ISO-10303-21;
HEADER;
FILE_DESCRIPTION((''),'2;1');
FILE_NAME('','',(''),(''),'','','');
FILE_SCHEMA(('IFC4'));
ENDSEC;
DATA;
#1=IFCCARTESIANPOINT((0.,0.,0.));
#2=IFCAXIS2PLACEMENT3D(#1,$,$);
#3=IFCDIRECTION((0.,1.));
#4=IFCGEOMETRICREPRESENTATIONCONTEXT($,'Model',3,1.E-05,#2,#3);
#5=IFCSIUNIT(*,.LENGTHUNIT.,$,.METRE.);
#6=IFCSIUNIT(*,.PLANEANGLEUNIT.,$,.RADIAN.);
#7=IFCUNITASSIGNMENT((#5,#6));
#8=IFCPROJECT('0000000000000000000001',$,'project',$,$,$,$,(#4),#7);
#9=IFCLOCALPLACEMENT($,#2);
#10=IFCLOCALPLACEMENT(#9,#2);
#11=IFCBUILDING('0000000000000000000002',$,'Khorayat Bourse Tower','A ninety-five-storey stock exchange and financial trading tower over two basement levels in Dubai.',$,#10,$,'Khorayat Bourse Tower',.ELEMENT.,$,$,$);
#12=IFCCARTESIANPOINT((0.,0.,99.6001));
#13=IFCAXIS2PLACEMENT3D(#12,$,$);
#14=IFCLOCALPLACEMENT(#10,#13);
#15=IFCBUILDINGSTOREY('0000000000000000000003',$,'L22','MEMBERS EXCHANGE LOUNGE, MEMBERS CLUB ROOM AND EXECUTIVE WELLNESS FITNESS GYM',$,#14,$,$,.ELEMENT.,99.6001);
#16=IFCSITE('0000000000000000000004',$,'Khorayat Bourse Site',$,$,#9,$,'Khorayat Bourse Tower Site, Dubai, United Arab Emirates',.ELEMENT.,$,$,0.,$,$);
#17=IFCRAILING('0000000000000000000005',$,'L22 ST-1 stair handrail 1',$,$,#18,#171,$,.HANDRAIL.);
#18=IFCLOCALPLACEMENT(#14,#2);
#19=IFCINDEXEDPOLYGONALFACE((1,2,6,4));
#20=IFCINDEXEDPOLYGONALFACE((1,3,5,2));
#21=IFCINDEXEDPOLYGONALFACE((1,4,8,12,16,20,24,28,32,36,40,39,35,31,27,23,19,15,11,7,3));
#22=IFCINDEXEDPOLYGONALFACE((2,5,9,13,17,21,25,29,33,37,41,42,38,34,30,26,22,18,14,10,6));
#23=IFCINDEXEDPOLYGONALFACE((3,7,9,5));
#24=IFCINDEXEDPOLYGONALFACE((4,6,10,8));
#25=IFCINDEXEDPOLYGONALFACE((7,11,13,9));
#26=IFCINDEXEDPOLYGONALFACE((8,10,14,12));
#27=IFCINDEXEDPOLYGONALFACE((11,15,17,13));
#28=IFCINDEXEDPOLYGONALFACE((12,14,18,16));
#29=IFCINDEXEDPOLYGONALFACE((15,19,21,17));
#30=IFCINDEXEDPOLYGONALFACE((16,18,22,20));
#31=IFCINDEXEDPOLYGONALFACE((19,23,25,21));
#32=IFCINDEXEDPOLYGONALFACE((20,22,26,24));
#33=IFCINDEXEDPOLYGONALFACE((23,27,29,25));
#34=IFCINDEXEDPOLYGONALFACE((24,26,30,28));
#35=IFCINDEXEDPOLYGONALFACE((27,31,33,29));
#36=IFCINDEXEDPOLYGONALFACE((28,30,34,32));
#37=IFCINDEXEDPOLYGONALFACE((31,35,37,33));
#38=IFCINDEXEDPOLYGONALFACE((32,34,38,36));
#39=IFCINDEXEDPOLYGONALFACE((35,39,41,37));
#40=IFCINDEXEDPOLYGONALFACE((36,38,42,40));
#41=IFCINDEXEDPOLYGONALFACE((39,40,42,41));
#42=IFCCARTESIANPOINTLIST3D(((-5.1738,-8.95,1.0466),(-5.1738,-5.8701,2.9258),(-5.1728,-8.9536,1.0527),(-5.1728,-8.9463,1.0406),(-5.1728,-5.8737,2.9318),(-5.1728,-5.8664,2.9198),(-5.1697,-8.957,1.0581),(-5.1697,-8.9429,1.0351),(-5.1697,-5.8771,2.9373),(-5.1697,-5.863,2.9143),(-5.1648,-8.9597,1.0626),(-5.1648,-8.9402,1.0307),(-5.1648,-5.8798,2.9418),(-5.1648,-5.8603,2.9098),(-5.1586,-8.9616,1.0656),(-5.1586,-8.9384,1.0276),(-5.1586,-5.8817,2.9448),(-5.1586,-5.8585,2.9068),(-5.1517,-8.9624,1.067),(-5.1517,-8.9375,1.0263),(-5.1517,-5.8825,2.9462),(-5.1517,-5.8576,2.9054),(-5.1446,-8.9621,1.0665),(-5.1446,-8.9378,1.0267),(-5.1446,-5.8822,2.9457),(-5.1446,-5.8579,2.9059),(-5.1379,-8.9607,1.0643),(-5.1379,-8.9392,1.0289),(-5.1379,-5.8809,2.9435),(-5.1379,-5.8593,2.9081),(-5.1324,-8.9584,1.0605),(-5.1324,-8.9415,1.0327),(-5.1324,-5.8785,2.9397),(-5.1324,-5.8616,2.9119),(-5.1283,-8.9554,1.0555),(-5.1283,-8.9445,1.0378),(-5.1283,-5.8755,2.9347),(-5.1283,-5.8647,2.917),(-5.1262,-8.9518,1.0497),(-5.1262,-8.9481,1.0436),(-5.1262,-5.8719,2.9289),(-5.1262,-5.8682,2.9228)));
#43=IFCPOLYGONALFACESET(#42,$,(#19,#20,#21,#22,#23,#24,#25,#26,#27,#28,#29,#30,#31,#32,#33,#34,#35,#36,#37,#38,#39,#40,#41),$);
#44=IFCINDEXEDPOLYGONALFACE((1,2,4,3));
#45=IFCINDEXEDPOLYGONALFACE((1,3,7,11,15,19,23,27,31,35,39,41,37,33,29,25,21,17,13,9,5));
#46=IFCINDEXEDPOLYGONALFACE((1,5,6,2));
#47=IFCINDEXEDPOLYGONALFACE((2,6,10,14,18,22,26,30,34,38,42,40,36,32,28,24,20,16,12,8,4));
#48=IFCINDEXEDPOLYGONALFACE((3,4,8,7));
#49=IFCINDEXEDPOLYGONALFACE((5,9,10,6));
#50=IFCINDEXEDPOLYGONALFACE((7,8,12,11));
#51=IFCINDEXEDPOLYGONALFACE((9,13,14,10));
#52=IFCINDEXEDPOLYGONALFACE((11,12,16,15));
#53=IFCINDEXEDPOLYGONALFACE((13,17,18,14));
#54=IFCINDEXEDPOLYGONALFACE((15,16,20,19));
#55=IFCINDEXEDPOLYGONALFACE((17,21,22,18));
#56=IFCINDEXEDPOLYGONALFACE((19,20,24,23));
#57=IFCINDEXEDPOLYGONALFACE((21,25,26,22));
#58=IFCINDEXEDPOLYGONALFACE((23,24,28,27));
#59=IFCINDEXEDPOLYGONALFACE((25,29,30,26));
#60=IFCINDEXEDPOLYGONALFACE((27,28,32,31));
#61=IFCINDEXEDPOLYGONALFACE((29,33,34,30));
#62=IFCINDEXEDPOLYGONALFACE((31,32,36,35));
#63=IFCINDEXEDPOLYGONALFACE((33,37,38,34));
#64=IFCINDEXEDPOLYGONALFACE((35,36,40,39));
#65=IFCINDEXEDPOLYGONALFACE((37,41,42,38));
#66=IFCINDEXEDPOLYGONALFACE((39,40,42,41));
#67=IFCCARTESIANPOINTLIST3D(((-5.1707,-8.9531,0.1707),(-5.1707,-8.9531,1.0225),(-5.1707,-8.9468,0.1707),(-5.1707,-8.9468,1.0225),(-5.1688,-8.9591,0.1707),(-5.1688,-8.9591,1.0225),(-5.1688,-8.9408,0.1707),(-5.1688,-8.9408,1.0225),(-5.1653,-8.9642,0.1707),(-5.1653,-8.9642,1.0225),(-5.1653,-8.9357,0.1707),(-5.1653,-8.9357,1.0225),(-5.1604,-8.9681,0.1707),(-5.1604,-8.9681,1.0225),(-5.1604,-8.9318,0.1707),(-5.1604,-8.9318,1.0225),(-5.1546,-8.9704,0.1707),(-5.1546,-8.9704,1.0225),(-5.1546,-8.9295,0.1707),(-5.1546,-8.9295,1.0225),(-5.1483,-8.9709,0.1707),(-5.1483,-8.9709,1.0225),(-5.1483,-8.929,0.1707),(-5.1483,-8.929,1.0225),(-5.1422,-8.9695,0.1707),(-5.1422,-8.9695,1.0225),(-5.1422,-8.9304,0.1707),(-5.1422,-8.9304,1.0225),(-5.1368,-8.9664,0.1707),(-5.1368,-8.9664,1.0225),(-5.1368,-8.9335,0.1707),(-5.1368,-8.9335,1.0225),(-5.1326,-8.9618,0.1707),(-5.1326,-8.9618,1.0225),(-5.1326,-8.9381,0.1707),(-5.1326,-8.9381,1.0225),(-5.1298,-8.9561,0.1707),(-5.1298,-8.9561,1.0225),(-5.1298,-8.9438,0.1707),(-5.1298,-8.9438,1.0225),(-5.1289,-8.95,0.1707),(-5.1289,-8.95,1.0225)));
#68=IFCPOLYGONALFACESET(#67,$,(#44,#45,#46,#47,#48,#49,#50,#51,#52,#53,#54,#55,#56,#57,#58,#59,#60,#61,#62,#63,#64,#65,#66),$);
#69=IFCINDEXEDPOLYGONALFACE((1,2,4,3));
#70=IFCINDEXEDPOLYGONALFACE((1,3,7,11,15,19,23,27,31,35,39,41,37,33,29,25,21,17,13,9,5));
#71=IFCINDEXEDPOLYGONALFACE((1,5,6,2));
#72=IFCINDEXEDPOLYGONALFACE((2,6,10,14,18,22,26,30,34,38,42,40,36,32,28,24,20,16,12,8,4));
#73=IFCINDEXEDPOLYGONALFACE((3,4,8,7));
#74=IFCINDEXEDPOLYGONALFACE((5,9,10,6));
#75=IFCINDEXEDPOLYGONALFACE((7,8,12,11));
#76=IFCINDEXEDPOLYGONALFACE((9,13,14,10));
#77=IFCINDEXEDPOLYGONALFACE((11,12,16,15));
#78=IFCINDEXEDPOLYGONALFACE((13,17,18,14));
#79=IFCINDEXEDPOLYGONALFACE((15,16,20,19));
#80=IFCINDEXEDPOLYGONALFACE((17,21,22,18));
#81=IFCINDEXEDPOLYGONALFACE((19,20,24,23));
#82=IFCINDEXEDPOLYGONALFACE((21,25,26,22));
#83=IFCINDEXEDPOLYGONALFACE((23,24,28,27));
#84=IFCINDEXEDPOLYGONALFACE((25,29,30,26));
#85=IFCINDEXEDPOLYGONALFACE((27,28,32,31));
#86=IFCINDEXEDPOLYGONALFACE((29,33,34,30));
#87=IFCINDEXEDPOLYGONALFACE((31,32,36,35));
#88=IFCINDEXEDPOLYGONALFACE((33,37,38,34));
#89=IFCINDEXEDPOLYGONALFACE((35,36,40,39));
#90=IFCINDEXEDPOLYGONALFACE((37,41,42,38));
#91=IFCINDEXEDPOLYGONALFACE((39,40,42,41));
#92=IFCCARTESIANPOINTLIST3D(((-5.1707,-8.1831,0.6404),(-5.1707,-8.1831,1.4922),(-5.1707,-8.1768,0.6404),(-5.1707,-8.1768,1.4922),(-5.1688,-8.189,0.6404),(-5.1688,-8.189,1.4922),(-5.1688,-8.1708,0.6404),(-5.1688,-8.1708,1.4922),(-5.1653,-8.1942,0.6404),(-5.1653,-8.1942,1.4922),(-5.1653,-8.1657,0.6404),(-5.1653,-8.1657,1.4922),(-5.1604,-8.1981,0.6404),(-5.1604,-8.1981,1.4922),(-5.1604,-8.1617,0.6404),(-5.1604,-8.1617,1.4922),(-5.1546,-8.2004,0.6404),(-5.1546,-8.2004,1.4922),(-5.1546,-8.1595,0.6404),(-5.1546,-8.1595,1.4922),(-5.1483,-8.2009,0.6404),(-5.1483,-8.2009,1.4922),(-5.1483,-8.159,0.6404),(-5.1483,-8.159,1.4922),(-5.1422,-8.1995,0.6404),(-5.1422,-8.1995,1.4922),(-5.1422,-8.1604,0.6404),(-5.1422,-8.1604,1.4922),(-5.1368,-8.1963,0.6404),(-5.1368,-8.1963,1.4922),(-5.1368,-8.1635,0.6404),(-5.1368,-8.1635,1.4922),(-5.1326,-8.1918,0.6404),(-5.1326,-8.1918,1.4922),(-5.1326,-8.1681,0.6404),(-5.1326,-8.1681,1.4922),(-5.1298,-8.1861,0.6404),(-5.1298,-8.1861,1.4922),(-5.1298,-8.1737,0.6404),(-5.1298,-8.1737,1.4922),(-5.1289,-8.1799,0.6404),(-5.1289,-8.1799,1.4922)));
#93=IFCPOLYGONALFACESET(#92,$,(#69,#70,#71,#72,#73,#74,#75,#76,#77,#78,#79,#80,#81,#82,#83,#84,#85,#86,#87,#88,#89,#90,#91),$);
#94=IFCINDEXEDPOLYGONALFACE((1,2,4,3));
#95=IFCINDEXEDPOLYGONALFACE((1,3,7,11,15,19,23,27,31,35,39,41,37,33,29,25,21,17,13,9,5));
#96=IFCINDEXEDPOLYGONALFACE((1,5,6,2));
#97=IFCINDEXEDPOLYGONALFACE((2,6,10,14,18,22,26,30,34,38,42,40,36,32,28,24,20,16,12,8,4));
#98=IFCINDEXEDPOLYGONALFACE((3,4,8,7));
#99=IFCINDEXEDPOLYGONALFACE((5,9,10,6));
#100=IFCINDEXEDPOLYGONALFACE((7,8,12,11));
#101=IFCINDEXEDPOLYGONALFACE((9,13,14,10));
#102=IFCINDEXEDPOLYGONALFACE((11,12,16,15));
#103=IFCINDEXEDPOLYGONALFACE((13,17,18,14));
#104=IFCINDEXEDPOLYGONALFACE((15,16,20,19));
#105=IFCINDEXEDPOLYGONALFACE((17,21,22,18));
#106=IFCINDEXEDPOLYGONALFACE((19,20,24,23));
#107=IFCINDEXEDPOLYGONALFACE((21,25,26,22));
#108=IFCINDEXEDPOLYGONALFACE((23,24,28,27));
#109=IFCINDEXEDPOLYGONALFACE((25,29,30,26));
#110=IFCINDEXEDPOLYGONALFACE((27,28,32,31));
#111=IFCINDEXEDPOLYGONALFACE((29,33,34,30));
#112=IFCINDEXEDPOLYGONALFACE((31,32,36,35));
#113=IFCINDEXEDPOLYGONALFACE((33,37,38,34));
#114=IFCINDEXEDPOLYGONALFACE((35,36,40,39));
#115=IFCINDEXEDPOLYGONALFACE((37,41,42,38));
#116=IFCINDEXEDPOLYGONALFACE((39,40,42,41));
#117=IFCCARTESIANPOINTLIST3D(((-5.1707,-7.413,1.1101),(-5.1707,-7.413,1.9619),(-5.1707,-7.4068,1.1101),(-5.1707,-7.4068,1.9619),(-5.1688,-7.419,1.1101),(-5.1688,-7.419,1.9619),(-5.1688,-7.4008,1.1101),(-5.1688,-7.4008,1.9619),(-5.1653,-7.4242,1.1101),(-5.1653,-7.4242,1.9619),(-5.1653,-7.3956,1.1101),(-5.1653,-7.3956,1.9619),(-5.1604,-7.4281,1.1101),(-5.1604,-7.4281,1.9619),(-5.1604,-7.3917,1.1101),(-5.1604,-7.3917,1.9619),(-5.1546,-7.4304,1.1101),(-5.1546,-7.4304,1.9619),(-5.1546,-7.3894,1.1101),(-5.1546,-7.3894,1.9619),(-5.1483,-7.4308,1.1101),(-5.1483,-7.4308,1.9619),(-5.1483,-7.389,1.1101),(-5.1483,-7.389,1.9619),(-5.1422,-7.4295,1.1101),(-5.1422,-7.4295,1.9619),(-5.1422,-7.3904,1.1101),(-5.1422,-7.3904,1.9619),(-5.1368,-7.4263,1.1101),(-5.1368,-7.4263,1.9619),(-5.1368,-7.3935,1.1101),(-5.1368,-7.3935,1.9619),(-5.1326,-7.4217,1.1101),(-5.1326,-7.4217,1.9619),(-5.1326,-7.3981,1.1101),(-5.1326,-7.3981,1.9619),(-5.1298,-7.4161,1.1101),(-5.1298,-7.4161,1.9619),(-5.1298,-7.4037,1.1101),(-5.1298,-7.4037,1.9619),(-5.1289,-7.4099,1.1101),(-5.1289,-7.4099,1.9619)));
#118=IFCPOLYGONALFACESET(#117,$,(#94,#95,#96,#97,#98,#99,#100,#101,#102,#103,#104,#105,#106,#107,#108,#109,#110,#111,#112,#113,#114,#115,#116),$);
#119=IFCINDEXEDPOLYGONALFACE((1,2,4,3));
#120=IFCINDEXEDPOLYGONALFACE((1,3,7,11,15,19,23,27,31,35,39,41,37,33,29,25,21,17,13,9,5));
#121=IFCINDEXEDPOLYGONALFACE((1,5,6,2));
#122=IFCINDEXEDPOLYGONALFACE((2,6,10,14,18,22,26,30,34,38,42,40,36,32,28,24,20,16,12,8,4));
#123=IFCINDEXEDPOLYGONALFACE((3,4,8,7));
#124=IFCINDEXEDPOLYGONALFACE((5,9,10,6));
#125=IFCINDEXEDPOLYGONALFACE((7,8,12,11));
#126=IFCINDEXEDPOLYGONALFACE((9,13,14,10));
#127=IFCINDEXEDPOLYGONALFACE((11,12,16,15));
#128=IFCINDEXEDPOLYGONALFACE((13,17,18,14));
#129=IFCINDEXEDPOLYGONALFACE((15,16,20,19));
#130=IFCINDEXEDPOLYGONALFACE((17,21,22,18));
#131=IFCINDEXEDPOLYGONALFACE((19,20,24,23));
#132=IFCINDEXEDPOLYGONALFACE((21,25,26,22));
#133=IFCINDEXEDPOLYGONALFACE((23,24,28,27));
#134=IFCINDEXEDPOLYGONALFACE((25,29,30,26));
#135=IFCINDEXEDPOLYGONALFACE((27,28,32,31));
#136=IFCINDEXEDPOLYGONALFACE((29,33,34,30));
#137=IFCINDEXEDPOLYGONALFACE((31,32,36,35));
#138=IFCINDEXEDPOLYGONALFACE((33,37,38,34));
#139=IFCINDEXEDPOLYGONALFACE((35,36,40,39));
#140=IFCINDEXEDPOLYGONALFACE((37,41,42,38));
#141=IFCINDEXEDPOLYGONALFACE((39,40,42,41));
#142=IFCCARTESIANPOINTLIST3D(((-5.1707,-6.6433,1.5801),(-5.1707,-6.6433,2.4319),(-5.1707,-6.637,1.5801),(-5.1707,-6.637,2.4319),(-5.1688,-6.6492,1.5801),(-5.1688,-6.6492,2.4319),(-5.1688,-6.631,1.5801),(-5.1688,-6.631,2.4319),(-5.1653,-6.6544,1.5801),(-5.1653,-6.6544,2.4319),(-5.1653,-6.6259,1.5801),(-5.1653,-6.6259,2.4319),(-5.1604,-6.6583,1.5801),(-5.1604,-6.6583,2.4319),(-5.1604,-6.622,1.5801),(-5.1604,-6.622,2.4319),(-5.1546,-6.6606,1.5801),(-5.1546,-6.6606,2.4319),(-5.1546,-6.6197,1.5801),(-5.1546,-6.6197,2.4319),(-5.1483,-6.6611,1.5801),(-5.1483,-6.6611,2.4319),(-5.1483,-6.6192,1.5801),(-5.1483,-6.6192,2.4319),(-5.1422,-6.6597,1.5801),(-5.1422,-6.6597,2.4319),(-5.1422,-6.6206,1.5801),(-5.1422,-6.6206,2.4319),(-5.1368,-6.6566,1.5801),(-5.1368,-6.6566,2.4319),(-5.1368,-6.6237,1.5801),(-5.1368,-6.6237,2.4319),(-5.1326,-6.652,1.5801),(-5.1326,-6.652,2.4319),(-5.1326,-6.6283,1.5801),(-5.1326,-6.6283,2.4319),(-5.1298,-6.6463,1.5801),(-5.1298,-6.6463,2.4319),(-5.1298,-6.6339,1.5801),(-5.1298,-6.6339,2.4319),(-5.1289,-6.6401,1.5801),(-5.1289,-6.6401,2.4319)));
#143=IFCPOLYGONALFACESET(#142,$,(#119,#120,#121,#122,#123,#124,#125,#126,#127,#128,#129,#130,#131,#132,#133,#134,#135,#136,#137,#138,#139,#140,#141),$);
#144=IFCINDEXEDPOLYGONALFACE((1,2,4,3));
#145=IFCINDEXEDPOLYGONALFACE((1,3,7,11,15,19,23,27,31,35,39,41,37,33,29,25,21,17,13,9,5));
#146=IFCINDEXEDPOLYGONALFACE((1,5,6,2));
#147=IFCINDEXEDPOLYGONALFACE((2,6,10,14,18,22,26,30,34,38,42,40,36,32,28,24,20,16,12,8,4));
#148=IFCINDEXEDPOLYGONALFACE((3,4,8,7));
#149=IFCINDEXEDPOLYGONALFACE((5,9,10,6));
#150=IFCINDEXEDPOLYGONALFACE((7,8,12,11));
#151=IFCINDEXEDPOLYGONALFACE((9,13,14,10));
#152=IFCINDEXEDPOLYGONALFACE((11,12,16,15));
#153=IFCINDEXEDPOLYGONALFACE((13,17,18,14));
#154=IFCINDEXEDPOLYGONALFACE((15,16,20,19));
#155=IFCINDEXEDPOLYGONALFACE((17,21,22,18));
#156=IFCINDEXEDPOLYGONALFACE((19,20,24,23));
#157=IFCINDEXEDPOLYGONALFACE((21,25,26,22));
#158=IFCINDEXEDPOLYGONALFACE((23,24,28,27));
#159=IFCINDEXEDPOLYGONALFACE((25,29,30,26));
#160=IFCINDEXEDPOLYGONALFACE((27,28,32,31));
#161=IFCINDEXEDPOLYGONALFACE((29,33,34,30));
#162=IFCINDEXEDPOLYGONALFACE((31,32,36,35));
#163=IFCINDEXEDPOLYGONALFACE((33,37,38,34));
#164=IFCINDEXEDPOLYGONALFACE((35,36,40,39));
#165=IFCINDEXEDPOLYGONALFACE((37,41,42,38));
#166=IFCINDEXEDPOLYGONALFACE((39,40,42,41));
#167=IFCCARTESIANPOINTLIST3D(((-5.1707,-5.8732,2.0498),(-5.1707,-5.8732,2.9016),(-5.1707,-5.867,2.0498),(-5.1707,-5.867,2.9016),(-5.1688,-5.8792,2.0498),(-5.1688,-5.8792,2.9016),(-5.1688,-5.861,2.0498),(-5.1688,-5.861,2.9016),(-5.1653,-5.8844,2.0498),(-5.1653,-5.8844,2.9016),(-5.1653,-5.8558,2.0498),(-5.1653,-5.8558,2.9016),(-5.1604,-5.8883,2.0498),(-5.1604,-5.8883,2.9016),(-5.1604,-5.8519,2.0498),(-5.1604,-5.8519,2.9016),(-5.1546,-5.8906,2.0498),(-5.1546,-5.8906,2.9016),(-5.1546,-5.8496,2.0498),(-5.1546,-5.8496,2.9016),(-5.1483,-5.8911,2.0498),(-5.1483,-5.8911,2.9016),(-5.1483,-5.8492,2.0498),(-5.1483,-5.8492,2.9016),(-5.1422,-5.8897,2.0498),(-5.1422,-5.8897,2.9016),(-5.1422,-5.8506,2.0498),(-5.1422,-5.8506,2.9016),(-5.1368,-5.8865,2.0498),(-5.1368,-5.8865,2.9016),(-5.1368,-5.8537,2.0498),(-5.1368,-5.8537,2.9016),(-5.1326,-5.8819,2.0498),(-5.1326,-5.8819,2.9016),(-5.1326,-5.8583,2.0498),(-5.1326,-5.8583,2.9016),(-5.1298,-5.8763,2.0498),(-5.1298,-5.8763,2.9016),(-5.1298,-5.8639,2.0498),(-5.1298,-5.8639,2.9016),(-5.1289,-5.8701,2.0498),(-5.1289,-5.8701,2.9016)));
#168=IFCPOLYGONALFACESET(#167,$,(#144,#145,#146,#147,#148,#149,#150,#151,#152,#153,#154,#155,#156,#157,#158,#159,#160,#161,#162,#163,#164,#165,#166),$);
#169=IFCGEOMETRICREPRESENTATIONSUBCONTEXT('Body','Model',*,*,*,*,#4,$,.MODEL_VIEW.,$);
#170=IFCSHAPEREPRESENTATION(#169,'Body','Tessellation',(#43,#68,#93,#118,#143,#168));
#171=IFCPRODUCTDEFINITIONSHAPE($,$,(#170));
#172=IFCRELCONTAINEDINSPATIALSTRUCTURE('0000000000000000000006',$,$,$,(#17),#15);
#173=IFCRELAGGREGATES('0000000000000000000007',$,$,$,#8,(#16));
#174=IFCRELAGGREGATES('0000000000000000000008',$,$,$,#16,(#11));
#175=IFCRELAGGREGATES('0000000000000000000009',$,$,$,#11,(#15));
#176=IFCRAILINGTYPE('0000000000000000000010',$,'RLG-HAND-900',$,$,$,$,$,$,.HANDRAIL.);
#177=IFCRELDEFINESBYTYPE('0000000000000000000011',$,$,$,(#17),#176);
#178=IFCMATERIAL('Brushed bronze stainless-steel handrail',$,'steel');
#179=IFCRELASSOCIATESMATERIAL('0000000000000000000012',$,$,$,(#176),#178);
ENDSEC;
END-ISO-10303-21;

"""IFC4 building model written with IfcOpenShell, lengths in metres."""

from ifc_helpers import new_model, si_unit, direction, frame, origin, origin_2d, place, context, subcontext, project, spatial, circle, extrude, source, transform, mapped, material, type_object, element, save


model = new_model("IFC4")

# Units and contexts
model_context = context("Model", 3, precision=1e-05, world=origin(), true_north=direction((0.0, 1.0)))
body_context = subcontext(model_context, "Body", "Model", "MODEL_VIEW")
ifc_project = project(units=[si_unit("LENGTHUNIT", "METRE"), si_unit("PLANEANGLEUNIT", "RADIAN")], contexts=[model_context])

# Site, building, storey
site_placement = place(None, origin())
site = spatial("IfcSite", under=ifc_project, at=site_placement, Name="Khorayat Bourse Site", LongName="Khorayat Bourse Tower Site, Dubai, United Arab Emirates", CompositionType="ELEMENT", RefElevation=0.0)
building_placement = place(site_placement, origin())
building = spatial("IfcBuilding", under=site, at=building_placement, Name="Khorayat Bourse Tower", Description="A ninety-five-storey stock exchange and financial trading tower over two basement levels in Dubai.", LongName="Khorayat Bourse Tower", CompositionType="ELEMENT")
storey_placement = place(building_placement, frame((0.0, 0.0, 99.6001)))
storey = spatial("IfcBuildingStorey", under=building, at=storey_placement, Name="L22", Description="MEMBERS EXCHANGE LOUNGE, MEMBERS CLUB ROOM AND EXECUTIVE WELLNESS FITNESS GYM", CompositionType="ELEMENT", Elevation=99.6001)

# Railing
ifc_material_1 = material(Name="Brushed bronze stainless-steel handrail", Category="steel")
railing_type_1 = type_object("IfcRailingType", Name="RLG-HAND-900", PredefinedType="HANDRAIL", material=ifc_material_1)
shared_shape_1 = source(origin(), body_context, "Body", "SweptSolid", [
    extrude(circle(Radius=0.0239, at=origin_2d()), frame((0.0, 0.0, 0.876), z_axis=(0.0, 0.853648, 0.52085), x_axis=(-1.0, 0.0, 0.0)), (0.0, 0.0, 1.0), 3.6079),
    extrude(circle(Radius=0.021, at=origin_2d()), origin(), (0.0, 0.0, 1.0), 0.8518),
    extrude(circle(Radius=0.021, at=origin_2d()), frame((0.0, 0.77, 0.4697)), (0.0, 0.0, 1.0), 0.8518),
    extrude(circle(Radius=0.021, at=origin_2d()), frame((0.0, 1.54, 0.9395)), (0.0, 0.0, 1.0), 0.8518),
    extrude(circle(Radius=0.021, at=origin_2d()), frame((0.0, 2.3098, 1.4094)), (0.0, 0.0, 1.0), 0.8518),
    extrude(circle(Radius=0.021, at=origin_2d()), frame((0.0, 3.0798, 1.8792)), (0.0, 0.0, 1.0), 0.8518),
])
railing_1_placement = place(storey_placement, frame((-5.1499, -8.95, 0.1707)))
element("IfcRailing", 1, at=railing_1_placement, inside=storey, type_object=railing_type_1, Name="L22 ST-1 stair handrail 1", PredefinedType="HANDRAIL", context=body_context, shape_type="MappedRepresentation", body=[
    mapped(shared_shape_1, transform((0.0, 0.0, 0.0), scale=1.0)),
])

save(model, "model.ifc")
